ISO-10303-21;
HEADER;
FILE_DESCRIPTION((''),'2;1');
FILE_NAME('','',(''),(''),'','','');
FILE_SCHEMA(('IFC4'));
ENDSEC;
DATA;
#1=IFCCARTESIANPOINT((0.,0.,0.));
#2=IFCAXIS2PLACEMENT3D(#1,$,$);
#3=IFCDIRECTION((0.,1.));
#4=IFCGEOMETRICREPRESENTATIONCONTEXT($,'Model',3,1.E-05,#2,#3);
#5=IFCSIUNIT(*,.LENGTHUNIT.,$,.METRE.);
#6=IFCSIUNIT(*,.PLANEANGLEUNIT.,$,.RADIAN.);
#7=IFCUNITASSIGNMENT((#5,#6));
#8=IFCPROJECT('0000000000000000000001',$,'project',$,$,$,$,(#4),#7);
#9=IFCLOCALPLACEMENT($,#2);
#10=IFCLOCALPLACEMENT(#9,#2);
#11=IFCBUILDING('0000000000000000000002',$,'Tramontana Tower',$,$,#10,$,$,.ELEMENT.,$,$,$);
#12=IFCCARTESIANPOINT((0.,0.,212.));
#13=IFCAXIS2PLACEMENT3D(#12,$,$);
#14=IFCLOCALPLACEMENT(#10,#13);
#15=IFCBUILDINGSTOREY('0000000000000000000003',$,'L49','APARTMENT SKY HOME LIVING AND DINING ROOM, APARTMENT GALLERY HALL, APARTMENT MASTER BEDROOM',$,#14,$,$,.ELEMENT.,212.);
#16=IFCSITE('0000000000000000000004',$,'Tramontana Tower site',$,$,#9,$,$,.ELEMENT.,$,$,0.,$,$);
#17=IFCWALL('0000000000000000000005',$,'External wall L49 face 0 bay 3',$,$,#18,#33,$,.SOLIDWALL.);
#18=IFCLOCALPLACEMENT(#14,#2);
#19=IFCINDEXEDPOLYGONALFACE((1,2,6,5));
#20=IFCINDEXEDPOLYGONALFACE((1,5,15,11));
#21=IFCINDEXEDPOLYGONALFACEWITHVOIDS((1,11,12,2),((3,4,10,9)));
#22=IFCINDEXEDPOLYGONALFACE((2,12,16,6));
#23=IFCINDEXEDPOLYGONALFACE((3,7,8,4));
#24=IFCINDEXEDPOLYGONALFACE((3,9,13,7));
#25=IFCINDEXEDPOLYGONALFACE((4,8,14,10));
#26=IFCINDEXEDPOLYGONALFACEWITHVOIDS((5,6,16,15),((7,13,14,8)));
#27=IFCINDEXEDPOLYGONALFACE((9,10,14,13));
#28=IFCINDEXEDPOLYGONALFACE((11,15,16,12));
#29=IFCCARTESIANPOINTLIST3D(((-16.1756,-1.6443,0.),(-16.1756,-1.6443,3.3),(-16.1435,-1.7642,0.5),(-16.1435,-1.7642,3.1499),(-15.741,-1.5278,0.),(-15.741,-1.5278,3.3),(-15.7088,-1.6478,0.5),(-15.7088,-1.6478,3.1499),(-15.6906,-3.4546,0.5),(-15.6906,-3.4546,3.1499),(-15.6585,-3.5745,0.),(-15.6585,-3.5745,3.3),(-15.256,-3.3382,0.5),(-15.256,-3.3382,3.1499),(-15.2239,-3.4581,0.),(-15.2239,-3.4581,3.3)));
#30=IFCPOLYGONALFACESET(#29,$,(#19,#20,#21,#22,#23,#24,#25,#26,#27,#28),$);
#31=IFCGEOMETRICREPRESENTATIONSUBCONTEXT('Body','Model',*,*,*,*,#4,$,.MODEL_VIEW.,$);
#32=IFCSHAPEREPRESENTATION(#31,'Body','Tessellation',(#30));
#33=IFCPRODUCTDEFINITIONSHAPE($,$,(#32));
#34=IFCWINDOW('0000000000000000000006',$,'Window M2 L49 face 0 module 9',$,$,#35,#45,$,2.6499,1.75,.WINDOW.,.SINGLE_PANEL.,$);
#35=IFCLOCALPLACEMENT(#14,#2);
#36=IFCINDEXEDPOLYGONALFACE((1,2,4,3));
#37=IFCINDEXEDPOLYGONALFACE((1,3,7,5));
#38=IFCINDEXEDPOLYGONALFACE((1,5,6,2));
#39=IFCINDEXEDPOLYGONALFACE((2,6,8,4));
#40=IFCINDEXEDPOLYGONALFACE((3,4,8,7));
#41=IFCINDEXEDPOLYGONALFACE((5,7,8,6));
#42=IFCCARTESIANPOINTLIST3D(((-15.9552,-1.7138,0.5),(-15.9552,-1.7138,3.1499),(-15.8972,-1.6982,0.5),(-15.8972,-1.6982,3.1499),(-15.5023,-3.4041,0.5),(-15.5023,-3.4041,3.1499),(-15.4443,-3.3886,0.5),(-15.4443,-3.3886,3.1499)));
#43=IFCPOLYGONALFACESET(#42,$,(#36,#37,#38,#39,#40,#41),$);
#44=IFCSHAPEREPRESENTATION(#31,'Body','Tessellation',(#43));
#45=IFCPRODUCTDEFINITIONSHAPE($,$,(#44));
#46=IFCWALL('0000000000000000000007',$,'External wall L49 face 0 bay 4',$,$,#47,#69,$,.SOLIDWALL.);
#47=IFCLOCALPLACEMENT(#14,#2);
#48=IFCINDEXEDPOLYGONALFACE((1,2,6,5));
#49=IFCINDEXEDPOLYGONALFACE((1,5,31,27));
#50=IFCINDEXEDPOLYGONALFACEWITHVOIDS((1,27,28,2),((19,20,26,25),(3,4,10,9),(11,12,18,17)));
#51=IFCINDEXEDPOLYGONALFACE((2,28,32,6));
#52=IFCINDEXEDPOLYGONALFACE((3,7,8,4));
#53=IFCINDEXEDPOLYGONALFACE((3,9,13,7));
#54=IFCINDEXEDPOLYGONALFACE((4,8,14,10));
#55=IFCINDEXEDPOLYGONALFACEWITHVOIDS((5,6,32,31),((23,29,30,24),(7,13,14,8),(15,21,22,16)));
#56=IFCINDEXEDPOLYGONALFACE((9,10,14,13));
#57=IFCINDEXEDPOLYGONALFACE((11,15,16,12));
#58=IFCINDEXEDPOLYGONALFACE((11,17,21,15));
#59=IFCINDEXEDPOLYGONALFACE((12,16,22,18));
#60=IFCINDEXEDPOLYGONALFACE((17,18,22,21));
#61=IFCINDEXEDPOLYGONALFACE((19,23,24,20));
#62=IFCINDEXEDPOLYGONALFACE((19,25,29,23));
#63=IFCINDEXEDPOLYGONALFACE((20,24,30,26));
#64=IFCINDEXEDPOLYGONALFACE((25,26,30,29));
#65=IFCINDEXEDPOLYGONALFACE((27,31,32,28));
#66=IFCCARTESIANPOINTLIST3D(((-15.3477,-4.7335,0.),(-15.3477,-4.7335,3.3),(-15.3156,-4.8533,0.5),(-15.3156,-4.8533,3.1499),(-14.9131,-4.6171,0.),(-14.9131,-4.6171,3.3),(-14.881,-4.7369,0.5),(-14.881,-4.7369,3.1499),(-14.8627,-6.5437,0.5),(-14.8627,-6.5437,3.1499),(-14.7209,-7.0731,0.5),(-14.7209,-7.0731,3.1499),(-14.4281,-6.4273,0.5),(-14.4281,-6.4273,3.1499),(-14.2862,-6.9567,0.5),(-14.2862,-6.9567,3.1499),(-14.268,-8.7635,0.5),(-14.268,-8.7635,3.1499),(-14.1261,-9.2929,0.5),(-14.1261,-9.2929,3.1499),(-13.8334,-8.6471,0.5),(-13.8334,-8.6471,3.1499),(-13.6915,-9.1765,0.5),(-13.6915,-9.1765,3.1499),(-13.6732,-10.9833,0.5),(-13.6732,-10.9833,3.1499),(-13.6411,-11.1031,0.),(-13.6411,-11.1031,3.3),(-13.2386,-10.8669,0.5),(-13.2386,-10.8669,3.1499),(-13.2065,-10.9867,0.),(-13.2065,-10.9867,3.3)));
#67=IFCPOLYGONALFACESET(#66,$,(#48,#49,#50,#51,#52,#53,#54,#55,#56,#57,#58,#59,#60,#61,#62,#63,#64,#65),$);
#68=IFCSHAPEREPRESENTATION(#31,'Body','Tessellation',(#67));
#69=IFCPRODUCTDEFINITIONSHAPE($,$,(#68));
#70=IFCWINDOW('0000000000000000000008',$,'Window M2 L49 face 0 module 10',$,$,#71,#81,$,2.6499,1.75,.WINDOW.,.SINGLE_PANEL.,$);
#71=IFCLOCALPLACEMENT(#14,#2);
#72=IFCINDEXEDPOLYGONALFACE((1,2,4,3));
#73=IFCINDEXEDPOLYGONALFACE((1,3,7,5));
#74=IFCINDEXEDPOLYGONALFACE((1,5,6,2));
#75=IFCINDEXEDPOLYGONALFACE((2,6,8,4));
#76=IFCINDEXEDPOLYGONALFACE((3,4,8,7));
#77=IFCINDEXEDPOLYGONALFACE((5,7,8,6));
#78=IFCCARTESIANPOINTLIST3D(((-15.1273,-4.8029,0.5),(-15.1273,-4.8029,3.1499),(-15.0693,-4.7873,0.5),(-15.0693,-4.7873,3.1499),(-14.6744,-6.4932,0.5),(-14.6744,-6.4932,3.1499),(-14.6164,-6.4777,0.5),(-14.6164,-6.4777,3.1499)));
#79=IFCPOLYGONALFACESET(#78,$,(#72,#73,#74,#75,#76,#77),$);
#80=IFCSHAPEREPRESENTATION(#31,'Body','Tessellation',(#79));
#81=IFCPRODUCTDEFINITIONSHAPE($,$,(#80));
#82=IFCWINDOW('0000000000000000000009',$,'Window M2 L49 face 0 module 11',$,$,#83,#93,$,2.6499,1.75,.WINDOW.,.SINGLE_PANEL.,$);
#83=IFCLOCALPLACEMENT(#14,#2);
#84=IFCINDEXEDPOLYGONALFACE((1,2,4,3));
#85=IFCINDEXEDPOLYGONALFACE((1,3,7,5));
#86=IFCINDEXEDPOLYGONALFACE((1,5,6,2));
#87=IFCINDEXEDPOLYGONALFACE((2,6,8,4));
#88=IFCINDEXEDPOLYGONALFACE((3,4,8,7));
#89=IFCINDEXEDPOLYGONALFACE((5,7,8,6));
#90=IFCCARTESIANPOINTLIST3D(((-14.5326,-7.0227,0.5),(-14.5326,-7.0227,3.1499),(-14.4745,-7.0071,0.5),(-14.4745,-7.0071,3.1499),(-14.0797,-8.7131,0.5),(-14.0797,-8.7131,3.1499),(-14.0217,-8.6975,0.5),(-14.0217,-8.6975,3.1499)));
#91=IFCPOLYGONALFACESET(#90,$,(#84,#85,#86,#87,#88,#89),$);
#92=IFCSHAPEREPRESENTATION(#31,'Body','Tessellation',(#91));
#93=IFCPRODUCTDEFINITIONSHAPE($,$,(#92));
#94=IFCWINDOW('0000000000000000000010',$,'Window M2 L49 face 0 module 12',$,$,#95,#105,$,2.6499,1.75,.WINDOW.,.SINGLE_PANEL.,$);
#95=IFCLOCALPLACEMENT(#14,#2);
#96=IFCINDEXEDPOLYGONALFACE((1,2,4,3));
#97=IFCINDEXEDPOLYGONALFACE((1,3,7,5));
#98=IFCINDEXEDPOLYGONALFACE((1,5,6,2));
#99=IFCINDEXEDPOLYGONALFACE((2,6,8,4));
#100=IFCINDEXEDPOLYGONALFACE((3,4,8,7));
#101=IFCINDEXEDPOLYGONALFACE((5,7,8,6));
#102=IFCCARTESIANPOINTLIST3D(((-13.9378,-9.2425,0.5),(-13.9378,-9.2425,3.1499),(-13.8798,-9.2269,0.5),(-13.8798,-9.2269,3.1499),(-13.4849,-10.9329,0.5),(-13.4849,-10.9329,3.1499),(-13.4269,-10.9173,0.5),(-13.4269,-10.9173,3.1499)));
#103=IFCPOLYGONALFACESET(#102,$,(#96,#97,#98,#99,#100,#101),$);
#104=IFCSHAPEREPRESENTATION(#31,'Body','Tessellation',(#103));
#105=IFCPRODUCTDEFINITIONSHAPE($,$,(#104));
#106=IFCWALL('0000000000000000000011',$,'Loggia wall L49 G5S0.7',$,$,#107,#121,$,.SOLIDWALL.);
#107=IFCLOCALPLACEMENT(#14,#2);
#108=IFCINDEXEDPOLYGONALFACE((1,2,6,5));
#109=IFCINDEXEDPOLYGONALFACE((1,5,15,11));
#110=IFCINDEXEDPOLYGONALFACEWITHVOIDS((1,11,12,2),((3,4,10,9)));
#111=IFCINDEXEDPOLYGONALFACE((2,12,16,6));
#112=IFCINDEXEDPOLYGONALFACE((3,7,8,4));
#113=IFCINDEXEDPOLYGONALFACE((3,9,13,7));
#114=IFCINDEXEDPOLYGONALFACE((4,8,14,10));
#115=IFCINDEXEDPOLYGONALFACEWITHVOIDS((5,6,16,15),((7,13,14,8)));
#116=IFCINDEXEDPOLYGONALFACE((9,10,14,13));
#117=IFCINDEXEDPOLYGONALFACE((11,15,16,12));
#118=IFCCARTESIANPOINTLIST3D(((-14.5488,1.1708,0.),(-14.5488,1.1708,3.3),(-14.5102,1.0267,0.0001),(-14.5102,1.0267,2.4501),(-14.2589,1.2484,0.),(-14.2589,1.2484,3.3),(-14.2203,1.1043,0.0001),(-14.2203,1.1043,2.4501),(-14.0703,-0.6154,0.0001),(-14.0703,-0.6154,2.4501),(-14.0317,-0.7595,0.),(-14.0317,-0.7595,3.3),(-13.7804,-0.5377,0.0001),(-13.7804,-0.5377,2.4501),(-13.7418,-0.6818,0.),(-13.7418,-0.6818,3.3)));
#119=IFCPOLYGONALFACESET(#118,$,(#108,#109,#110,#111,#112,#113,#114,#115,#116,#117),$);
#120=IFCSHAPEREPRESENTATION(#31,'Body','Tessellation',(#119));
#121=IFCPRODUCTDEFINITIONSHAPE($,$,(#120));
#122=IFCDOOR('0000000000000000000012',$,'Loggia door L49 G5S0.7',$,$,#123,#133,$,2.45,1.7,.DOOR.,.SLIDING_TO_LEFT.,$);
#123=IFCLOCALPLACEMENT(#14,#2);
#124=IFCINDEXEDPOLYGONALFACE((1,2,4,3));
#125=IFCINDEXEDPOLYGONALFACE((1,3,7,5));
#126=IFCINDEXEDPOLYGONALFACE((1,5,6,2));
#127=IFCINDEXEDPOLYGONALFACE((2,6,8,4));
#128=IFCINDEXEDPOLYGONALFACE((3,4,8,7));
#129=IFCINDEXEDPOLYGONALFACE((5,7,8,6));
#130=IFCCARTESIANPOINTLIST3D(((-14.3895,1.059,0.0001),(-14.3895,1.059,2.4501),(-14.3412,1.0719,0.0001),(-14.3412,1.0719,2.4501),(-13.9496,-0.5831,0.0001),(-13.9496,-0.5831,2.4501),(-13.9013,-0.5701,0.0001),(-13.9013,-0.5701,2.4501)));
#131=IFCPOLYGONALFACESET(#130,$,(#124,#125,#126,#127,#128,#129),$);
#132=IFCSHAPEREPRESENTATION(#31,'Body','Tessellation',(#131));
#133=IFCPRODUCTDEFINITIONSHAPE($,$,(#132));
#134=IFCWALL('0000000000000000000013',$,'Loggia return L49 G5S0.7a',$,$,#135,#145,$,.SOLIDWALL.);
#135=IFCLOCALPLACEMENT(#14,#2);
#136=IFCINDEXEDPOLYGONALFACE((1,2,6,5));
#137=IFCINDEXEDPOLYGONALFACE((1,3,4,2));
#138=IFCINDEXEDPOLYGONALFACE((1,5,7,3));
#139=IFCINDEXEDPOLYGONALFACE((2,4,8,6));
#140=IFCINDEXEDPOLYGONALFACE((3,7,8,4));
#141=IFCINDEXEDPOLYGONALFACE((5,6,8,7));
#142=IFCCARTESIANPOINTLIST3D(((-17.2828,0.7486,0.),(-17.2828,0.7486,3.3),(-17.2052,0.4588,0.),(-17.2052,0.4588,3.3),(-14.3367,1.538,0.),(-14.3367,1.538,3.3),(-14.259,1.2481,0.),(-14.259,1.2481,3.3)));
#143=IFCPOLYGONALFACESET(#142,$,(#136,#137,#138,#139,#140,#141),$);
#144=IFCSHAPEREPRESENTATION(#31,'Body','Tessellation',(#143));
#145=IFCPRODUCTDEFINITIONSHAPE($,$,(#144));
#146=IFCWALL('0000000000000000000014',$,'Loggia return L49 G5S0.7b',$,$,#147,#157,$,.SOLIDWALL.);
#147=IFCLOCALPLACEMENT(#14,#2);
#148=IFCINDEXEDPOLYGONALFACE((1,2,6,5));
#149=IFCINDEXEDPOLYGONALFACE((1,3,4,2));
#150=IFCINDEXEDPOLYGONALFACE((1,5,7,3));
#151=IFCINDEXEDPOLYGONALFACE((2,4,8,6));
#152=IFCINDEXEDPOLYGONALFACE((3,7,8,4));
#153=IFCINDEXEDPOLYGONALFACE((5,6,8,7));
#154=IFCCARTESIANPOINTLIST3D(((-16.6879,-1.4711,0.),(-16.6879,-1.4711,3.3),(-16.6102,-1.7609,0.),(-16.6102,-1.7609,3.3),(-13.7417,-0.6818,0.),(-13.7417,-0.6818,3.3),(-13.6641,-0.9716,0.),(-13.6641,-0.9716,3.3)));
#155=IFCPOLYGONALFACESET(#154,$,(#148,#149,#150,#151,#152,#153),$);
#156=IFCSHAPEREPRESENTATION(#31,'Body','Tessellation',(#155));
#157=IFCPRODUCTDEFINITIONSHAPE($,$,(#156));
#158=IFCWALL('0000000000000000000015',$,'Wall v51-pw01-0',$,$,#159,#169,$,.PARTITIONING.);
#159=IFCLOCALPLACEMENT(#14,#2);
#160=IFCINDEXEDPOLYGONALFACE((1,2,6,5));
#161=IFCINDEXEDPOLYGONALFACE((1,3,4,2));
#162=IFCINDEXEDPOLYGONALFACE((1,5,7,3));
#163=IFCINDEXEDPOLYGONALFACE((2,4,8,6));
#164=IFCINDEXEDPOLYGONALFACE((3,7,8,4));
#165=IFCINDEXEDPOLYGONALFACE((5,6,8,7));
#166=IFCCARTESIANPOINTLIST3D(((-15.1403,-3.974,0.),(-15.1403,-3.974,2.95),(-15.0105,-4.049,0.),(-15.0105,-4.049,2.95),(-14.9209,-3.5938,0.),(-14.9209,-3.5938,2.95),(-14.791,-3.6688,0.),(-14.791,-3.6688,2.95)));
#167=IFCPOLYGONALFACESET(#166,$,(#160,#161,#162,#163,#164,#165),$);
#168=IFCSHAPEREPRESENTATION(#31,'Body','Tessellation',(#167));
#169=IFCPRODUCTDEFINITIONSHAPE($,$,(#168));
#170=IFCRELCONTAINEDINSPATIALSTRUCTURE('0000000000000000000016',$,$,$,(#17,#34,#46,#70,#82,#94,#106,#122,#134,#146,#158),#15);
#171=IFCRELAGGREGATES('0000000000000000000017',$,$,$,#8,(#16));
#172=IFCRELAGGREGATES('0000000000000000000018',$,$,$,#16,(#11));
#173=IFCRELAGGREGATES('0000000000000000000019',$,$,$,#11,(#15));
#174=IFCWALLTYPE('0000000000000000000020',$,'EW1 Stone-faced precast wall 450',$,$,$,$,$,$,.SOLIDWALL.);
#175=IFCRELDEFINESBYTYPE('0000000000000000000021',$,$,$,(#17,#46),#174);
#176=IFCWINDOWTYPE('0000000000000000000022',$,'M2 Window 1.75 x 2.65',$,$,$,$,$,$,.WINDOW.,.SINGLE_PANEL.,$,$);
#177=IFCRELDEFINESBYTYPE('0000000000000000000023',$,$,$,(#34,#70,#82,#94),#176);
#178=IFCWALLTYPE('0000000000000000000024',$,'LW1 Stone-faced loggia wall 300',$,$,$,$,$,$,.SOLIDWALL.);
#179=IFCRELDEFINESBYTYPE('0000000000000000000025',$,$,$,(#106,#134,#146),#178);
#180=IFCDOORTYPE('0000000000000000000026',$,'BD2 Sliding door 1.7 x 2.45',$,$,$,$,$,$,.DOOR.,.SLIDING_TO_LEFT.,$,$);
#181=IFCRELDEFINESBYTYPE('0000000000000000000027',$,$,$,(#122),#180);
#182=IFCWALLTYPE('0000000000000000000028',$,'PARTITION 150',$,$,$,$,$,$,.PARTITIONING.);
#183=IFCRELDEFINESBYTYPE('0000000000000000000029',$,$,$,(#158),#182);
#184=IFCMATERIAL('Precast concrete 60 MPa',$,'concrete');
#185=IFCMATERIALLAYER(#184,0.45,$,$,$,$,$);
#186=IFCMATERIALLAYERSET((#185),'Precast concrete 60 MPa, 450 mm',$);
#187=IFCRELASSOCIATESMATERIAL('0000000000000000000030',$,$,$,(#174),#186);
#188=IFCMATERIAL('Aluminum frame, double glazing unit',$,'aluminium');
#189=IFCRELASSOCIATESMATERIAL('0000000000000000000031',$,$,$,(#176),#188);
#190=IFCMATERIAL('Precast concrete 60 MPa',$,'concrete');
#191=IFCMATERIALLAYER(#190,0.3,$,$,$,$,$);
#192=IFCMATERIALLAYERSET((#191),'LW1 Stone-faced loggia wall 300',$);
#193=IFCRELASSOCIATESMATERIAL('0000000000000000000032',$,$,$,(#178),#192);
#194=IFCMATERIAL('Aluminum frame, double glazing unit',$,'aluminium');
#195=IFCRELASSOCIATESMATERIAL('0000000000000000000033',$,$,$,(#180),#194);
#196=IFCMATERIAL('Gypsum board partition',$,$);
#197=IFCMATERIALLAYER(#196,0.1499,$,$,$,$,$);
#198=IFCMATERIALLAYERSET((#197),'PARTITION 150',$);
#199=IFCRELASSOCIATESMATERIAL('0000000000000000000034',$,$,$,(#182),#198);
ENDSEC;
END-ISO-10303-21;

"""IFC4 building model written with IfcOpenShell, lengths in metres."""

from ifc_helpers import new_model, si_unit, direction, frame, frame_2d, origin, place, context, subcontext, project, spatial, rectangle, extrude, material, layer, layer_set, type_object, element, fill, save


model = new_model("IFC4")

# Units and contexts
model_context = context("Model", 3, precision=1e-05, world=origin(), true_north=direction((0.0, 1.0)))
body_context = subcontext(model_context, "Body", "Model", "MODEL_VIEW")
ifc_project = project(units=[si_unit("LENGTHUNIT", "METRE"), si_unit("PLANEANGLEUNIT", "RADIAN")], contexts=[model_context])

# Site, building, storey
site_placement = place(None, origin())
site = spatial("IfcSite", under=ifc_project, at=site_placement, Name="Tramontana Tower site", CompositionType="ELEMENT", RefElevation=0.0)
building_placement = place(site_placement, origin())
building = spatial("IfcBuilding", under=site, at=building_placement, Name="Tramontana Tower", CompositionType="ELEMENT")
storey_placement = place(building_placement, frame((0.0, 0.0, 212.0)))
storey = spatial("IfcBuildingStorey", under=building, at=storey_placement, Name="L49", Description="APARTMENT SKY HOME LIVING AND DINING ROOM, APARTMENT GALLERY HALL, APARTMENT MASTER BEDROOM", CompositionType="ELEMENT", Elevation=212.0)

# Wall, opening, window
ifc_material_1 = material(Name="Precast concrete 60 MPa", Category="concrete")
ifc_layer_1 = layer(ifc_material_1, 0.45)
ifc_layer_set_1 = layer_set([ifc_layer_1], Name="Precast concrete 60 MPa, 450 mm")
wall_type_1 = type_object("IfcWallType", Name="EW1 Stone-faced precast wall 450", PredefinedType="SOLIDWALL", material=ifc_layer_set_1)
wall_1_placement = place(storey_placement, frame((-15.9583, -1.5862, 0.0), z_axis=(0.0, 0.0, 1.0), x_axis=(0.258773, -0.965938, 0.0)))
wall_1 = element("IfcWall", 1, at=wall_1_placement, inside=storey, type_object=wall_type_1, Name="External wall L49 face 0 bay 3", PredefinedType="SOLIDWALL", context=body_context, shape_type="SweptSolid", body=[
    extrude(rectangle(XDim=1.9983, YDim=0.45, at=frame_2d((0.999, 0.0))), origin(), (0.0, 0.0, 1.0), 3.3),
])
opening_1_placement = place(wall_1_placement, frame((0.124, 0.0, 0.5)))
opening_1 = element("IfcOpeningElement", 2, at=opening_1_placement, cuts=wall_1, PredefinedType="OPENING", context=body_context, shape_type="SweptSolid", body=[
    extrude(rectangle(XDim=1.75, YDim=2.6499, at=frame_2d((0.875, 1.325))), frame((0.0, 0.2349, 0.0), z_axis=(0.0, -1.0, 0.0), x_axis=(1.0, 0.0, 0.0)), (0.0, 0.0, 1.0), 0.47),
])
ifc_material_2 = material(Name="Aluminum frame, double glazing unit", Category="aluminium")
window_type = type_object("IfcWindowType", Name="M2 Window 1.75 x 2.65", PartitioningType="SINGLE_PANEL", PredefinedType="WINDOW", material=ifc_material_2)
window_1_placement = place(opening_1_placement, origin())
window_1 = element("IfcWindow", 3, at=window_1_placement, inside=storey, type_object=window_type, Name="Window M2 L49 face 0 module 9", OverallHeight=2.6499, OverallWidth=1.75, PartitioningType="SINGLE_PANEL", PredefinedType="WINDOW", context=body_context, shape_type="SweptSolid", body=[
    extrude(rectangle(XDim=1.75, YDim=2.6499, at=frame_2d((0.875, 1.325))), frame((0.0, 0.03, 0.0), z_axis=(0.0, -1.0, 0.0), x_axis=(1.0, 0.0, 0.0)), (0.0, 0.0, 1.0), 0.0601),
])
fill(opening_1, window_1)

# Wall, openings, windows
wall_2_placement = place(storey_placement, frame((-15.1304, -4.6753, 0.0), z_axis=(0.0, 0.0, 1.0), x_axis=(0.258792, -0.965933, 0.0)))
wall_2 = element("IfcWall", 4, at=wall_2_placement, inside=storey, type_object=wall_type_1, Name="External wall L49 face 0 bay 4", PredefinedType="SOLIDWALL", context=body_context, shape_type="SweptSolid", body=[
    extrude(rectangle(XDim=6.5942, YDim=0.45, at=frame_2d((3.2971, 0.0))), origin(), (0.0, 0.0, 1.0), 3.3),
])
opening_2_placement = place(wall_2_placement, frame((0.124, 0.0, 0.5)))
opening_2 = element("IfcOpeningElement", 5, at=opening_2_placement, cuts=wall_2, PredefinedType="OPENING", context=body_context, shape_type="SweptSolid", body=[
    extrude(rectangle(XDim=1.75, YDim=2.6499, at=frame_2d((0.875, 1.325))), frame((0.0, 0.2349, 0.0), z_axis=(0.0, -1.0, 0.0), x_axis=(1.0, 0.0, 0.0)), (0.0, 0.0, 1.0), 0.47),
])
opening_3_placement = place(wall_2_placement, frame((2.4221, 0.0, 0.5)))
opening_3 = element("IfcOpeningElement", 6, at=opening_3_placement, cuts=wall_2, PredefinedType="OPENING", context=body_context, shape_type="SweptSolid", body=[
    extrude(rectangle(XDim=1.75, YDim=2.6499, at=frame_2d((0.875, 1.325))), frame((0.0, 0.2349, 0.0), z_axis=(0.0, -1.0, 0.0), x_axis=(1.0, 0.0, 0.0)), (0.0, 0.0, 1.0), 0.47),
])
opening_4_placement = place(wall_2_placement, frame((4.7202, 0.0, 0.5)))
opening_4 = element("IfcOpeningElement", 7, at=opening_4_placement, cuts=wall_2, PredefinedType="OPENING", context=body_context, shape_type="SweptSolid", body=[
    extrude(rectangle(XDim=1.75, YDim=2.6499, at=frame_2d((0.875, 1.325))), frame((0.0, 0.2349, 0.0), z_axis=(0.0, -1.0, 0.0), x_axis=(1.0, 0.0, 0.0)), (0.0, 0.0, 1.0), 0.47),
])
window_2_placement = place(opening_2_placement, origin())
window_2 = element("IfcWindow", 8, at=window_2_placement, inside=storey, type_object=window_type, Name="Window M2 L49 face 0 module 10", OverallHeight=2.6499, OverallWidth=1.75, PartitioningType="SINGLE_PANEL", PredefinedType="WINDOW", context=body_context, shape_type="SweptSolid", body=[
    extrude(rectangle(XDim=1.75, YDim=2.6499, at=frame_2d((0.875, 1.325))), frame((0.0, 0.03, 0.0), z_axis=(0.0, -1.0, 0.0), x_axis=(1.0, 0.0, 0.0)), (0.0, 0.0, 1.0), 0.0601),
])
fill(opening_2, window_2)
window_3_placement = place(opening_3_placement, origin())
window_3 = element("IfcWindow", 9, at=window_3_placement, inside=storey, type_object=window_type, Name="Window M2 L49 face 0 module 11", OverallHeight=2.6499, OverallWidth=1.75, PartitioningType="SINGLE_PANEL", PredefinedType="WINDOW", context=body_context, shape_type="SweptSolid", body=[
    extrude(rectangle(XDim=1.75, YDim=2.6499, at=frame_2d((0.875, 1.325))), frame((0.0, 0.03, 0.0), z_axis=(0.0, -1.0, 0.0), x_axis=(1.0, 0.0, 0.0)), (0.0, 0.0, 1.0), 0.0601),
])
fill(opening_3, window_3)
window_4_placement = place(opening_4_placement, origin())
window_4 = element("IfcWindow", 10, at=window_4_placement, inside=storey, type_object=window_type, Name="Window M2 L49 face 0 module 12", OverallHeight=2.6499, OverallWidth=1.75, PartitioningType="SINGLE_PANEL", PredefinedType="WINDOW", context=body_context, shape_type="SweptSolid", body=[
    extrude(rectangle(XDim=1.75, YDim=2.6499, at=frame_2d((0.875, 1.325))), frame((0.0, 0.03, 0.0), z_axis=(0.0, -1.0, 0.0), x_axis=(1.0, 0.0, 0.0)), (0.0, 0.0, 1.0), 0.0601),
])
fill(opening_4, window_4)

# Wall, opening, door
ifc_material_3 = material(Name="Precast concrete 60 MPa", Category="concrete")
ifc_layer_2 = layer(ifc_material_3, 0.3)
ifc_layer_set_2 = layer_set([ifc_layer_2], Name="LW1 Stone-faced loggia wall 300")
wall_type_2 = type_object("IfcWallType", Name="LW1 Stone-faced loggia wall 300", PredefinedType="SOLIDWALL", material=ifc_layer_set_2)
wall_3_placement = place(storey_placement, frame((-14.4038, 1.2095, 0.0), z_axis=(0.0, 0.0, 1.0), x_axis=(0.258773, -0.965938, 0.0)))
wall_3 = element("IfcWall", 11, at=wall_3_placement, inside=storey, type_object=wall_type_2, Name="Loggia wall L49 G5S0.7", PredefinedType="SOLIDWALL", context=body_context, shape_type="SweptSolid", body=[
    extrude(rectangle(XDim=1.9983, YDim=0.3, at=frame_2d((0.999, 0.0))), origin(), (0.0, 0.0, 1.0), 3.3),
])
opening_5_placement = place(wall_3_placement, frame((0.1489, 0.0, 0.0)))
opening_5 = element("IfcOpeningElement", 12, at=opening_5_placement, cuts=wall_3, PredefinedType="OPENING", context=body_context, shape_type="SweptSolid", body=[
    extrude(rectangle(XDim=1.7, YDim=2.45, at=frame_2d((0.8501, 1.2251))), frame((0.0, 0.1599, 0.0), z_axis=(0.0, -1.0, 0.0), x_axis=(1.0, 0.0, 0.0)), (0.0, 0.0, 1.0), 0.3201),
])
ifc_material_4 = material(Name="Aluminum frame, double glazing unit", Category="aluminium")
door_type_1 = type_object("IfcDoorType", Name="BD2 Sliding door 1.7 x 2.45", OperationType="SLIDING_TO_LEFT", PredefinedType="DOOR", material=ifc_material_4)
door_1_placement = place(opening_5_placement, origin())
door_1 = element("IfcDoor", 13, at=door_1_placement, inside=storey, type_object=door_type_1, Name="Loggia door L49 G5S0.7", OperationType="SLIDING_TO_LEFT", OverallHeight=2.45, OverallWidth=1.7, PredefinedType="DOOR", context=body_context, shape_type="SweptSolid", body=[
    extrude(rectangle(XDim=1.7, YDim=2.45, at=frame_2d((0.8501, 1.2251))), frame((0.0, 0.0249, 0.0), z_axis=(0.0, -1.0, 0.0), x_axis=(1.0, 0.0, 0.0)), (0.0, 0.0, 1.0), 0.05),
])
fill(opening_5, door_1)

# Walls
for number, where, z_axis, x_axis, name in (
    (14, (-17.2439, 0.6038, 0.0), (0.0, 0.0, 1.0), (0.965933, 0.258793, 0.0), "Loggia return L49 G5S0.7a"),
    (15, (-16.6489, -1.616, 0.0), (0.0, 0.0, 1.0), (0.965933, 0.258793, 0.0), "Loggia return L49 G5S0.7b"),
):
    element("IfcWall", number, at=place(storey_placement, frame(where, z_axis=z_axis, x_axis=x_axis)), inside=storey, type_object=wall_type_2, Name=name, PredefinedType="SOLIDWALL", context=body_context, shape_type="SweptSolid", body=[
        extrude(rectangle(XDim=3.05, YDim=0.3, at=frame_2d((1.5249, 0.0))), origin(), (0.0, 0.0, 1.0), 3.3),
    ])
ifc_material_5 = material(Name="Gypsum board partition")
ifc_layer_3 = layer(ifc_material_5, 0.1499)
ifc_layer_set_3 = layer_set([ifc_layer_3], Name="PARTITION 150")
wall_type_3 = type_object("IfcWallType", Name="PARTITION 150", PredefinedType="PARTITIONING", material=ifc_layer_set_3)
wall_4_placement = place(storey_placement, frame((-15.0754, -4.0115, 0.0), z_axis=(0.0, 0.0, 1.0), x_axis=(0.500027, 0.86601, 0.0)))
element("IfcWall", 16, at=wall_4_placement, inside=storey, type_object=wall_type_3, Name="Wall v51-pw01-0", PredefinedType="PARTITIONING", context=body_context, shape_type="SweptSolid", body=[
    extrude(rectangle(XDim=0.439, YDim=0.1499, at=frame_2d((0.2195, 0.0))), origin(), (0.0, 0.0, 1.0), 2.95),
])

save(model, "model.ifc")
